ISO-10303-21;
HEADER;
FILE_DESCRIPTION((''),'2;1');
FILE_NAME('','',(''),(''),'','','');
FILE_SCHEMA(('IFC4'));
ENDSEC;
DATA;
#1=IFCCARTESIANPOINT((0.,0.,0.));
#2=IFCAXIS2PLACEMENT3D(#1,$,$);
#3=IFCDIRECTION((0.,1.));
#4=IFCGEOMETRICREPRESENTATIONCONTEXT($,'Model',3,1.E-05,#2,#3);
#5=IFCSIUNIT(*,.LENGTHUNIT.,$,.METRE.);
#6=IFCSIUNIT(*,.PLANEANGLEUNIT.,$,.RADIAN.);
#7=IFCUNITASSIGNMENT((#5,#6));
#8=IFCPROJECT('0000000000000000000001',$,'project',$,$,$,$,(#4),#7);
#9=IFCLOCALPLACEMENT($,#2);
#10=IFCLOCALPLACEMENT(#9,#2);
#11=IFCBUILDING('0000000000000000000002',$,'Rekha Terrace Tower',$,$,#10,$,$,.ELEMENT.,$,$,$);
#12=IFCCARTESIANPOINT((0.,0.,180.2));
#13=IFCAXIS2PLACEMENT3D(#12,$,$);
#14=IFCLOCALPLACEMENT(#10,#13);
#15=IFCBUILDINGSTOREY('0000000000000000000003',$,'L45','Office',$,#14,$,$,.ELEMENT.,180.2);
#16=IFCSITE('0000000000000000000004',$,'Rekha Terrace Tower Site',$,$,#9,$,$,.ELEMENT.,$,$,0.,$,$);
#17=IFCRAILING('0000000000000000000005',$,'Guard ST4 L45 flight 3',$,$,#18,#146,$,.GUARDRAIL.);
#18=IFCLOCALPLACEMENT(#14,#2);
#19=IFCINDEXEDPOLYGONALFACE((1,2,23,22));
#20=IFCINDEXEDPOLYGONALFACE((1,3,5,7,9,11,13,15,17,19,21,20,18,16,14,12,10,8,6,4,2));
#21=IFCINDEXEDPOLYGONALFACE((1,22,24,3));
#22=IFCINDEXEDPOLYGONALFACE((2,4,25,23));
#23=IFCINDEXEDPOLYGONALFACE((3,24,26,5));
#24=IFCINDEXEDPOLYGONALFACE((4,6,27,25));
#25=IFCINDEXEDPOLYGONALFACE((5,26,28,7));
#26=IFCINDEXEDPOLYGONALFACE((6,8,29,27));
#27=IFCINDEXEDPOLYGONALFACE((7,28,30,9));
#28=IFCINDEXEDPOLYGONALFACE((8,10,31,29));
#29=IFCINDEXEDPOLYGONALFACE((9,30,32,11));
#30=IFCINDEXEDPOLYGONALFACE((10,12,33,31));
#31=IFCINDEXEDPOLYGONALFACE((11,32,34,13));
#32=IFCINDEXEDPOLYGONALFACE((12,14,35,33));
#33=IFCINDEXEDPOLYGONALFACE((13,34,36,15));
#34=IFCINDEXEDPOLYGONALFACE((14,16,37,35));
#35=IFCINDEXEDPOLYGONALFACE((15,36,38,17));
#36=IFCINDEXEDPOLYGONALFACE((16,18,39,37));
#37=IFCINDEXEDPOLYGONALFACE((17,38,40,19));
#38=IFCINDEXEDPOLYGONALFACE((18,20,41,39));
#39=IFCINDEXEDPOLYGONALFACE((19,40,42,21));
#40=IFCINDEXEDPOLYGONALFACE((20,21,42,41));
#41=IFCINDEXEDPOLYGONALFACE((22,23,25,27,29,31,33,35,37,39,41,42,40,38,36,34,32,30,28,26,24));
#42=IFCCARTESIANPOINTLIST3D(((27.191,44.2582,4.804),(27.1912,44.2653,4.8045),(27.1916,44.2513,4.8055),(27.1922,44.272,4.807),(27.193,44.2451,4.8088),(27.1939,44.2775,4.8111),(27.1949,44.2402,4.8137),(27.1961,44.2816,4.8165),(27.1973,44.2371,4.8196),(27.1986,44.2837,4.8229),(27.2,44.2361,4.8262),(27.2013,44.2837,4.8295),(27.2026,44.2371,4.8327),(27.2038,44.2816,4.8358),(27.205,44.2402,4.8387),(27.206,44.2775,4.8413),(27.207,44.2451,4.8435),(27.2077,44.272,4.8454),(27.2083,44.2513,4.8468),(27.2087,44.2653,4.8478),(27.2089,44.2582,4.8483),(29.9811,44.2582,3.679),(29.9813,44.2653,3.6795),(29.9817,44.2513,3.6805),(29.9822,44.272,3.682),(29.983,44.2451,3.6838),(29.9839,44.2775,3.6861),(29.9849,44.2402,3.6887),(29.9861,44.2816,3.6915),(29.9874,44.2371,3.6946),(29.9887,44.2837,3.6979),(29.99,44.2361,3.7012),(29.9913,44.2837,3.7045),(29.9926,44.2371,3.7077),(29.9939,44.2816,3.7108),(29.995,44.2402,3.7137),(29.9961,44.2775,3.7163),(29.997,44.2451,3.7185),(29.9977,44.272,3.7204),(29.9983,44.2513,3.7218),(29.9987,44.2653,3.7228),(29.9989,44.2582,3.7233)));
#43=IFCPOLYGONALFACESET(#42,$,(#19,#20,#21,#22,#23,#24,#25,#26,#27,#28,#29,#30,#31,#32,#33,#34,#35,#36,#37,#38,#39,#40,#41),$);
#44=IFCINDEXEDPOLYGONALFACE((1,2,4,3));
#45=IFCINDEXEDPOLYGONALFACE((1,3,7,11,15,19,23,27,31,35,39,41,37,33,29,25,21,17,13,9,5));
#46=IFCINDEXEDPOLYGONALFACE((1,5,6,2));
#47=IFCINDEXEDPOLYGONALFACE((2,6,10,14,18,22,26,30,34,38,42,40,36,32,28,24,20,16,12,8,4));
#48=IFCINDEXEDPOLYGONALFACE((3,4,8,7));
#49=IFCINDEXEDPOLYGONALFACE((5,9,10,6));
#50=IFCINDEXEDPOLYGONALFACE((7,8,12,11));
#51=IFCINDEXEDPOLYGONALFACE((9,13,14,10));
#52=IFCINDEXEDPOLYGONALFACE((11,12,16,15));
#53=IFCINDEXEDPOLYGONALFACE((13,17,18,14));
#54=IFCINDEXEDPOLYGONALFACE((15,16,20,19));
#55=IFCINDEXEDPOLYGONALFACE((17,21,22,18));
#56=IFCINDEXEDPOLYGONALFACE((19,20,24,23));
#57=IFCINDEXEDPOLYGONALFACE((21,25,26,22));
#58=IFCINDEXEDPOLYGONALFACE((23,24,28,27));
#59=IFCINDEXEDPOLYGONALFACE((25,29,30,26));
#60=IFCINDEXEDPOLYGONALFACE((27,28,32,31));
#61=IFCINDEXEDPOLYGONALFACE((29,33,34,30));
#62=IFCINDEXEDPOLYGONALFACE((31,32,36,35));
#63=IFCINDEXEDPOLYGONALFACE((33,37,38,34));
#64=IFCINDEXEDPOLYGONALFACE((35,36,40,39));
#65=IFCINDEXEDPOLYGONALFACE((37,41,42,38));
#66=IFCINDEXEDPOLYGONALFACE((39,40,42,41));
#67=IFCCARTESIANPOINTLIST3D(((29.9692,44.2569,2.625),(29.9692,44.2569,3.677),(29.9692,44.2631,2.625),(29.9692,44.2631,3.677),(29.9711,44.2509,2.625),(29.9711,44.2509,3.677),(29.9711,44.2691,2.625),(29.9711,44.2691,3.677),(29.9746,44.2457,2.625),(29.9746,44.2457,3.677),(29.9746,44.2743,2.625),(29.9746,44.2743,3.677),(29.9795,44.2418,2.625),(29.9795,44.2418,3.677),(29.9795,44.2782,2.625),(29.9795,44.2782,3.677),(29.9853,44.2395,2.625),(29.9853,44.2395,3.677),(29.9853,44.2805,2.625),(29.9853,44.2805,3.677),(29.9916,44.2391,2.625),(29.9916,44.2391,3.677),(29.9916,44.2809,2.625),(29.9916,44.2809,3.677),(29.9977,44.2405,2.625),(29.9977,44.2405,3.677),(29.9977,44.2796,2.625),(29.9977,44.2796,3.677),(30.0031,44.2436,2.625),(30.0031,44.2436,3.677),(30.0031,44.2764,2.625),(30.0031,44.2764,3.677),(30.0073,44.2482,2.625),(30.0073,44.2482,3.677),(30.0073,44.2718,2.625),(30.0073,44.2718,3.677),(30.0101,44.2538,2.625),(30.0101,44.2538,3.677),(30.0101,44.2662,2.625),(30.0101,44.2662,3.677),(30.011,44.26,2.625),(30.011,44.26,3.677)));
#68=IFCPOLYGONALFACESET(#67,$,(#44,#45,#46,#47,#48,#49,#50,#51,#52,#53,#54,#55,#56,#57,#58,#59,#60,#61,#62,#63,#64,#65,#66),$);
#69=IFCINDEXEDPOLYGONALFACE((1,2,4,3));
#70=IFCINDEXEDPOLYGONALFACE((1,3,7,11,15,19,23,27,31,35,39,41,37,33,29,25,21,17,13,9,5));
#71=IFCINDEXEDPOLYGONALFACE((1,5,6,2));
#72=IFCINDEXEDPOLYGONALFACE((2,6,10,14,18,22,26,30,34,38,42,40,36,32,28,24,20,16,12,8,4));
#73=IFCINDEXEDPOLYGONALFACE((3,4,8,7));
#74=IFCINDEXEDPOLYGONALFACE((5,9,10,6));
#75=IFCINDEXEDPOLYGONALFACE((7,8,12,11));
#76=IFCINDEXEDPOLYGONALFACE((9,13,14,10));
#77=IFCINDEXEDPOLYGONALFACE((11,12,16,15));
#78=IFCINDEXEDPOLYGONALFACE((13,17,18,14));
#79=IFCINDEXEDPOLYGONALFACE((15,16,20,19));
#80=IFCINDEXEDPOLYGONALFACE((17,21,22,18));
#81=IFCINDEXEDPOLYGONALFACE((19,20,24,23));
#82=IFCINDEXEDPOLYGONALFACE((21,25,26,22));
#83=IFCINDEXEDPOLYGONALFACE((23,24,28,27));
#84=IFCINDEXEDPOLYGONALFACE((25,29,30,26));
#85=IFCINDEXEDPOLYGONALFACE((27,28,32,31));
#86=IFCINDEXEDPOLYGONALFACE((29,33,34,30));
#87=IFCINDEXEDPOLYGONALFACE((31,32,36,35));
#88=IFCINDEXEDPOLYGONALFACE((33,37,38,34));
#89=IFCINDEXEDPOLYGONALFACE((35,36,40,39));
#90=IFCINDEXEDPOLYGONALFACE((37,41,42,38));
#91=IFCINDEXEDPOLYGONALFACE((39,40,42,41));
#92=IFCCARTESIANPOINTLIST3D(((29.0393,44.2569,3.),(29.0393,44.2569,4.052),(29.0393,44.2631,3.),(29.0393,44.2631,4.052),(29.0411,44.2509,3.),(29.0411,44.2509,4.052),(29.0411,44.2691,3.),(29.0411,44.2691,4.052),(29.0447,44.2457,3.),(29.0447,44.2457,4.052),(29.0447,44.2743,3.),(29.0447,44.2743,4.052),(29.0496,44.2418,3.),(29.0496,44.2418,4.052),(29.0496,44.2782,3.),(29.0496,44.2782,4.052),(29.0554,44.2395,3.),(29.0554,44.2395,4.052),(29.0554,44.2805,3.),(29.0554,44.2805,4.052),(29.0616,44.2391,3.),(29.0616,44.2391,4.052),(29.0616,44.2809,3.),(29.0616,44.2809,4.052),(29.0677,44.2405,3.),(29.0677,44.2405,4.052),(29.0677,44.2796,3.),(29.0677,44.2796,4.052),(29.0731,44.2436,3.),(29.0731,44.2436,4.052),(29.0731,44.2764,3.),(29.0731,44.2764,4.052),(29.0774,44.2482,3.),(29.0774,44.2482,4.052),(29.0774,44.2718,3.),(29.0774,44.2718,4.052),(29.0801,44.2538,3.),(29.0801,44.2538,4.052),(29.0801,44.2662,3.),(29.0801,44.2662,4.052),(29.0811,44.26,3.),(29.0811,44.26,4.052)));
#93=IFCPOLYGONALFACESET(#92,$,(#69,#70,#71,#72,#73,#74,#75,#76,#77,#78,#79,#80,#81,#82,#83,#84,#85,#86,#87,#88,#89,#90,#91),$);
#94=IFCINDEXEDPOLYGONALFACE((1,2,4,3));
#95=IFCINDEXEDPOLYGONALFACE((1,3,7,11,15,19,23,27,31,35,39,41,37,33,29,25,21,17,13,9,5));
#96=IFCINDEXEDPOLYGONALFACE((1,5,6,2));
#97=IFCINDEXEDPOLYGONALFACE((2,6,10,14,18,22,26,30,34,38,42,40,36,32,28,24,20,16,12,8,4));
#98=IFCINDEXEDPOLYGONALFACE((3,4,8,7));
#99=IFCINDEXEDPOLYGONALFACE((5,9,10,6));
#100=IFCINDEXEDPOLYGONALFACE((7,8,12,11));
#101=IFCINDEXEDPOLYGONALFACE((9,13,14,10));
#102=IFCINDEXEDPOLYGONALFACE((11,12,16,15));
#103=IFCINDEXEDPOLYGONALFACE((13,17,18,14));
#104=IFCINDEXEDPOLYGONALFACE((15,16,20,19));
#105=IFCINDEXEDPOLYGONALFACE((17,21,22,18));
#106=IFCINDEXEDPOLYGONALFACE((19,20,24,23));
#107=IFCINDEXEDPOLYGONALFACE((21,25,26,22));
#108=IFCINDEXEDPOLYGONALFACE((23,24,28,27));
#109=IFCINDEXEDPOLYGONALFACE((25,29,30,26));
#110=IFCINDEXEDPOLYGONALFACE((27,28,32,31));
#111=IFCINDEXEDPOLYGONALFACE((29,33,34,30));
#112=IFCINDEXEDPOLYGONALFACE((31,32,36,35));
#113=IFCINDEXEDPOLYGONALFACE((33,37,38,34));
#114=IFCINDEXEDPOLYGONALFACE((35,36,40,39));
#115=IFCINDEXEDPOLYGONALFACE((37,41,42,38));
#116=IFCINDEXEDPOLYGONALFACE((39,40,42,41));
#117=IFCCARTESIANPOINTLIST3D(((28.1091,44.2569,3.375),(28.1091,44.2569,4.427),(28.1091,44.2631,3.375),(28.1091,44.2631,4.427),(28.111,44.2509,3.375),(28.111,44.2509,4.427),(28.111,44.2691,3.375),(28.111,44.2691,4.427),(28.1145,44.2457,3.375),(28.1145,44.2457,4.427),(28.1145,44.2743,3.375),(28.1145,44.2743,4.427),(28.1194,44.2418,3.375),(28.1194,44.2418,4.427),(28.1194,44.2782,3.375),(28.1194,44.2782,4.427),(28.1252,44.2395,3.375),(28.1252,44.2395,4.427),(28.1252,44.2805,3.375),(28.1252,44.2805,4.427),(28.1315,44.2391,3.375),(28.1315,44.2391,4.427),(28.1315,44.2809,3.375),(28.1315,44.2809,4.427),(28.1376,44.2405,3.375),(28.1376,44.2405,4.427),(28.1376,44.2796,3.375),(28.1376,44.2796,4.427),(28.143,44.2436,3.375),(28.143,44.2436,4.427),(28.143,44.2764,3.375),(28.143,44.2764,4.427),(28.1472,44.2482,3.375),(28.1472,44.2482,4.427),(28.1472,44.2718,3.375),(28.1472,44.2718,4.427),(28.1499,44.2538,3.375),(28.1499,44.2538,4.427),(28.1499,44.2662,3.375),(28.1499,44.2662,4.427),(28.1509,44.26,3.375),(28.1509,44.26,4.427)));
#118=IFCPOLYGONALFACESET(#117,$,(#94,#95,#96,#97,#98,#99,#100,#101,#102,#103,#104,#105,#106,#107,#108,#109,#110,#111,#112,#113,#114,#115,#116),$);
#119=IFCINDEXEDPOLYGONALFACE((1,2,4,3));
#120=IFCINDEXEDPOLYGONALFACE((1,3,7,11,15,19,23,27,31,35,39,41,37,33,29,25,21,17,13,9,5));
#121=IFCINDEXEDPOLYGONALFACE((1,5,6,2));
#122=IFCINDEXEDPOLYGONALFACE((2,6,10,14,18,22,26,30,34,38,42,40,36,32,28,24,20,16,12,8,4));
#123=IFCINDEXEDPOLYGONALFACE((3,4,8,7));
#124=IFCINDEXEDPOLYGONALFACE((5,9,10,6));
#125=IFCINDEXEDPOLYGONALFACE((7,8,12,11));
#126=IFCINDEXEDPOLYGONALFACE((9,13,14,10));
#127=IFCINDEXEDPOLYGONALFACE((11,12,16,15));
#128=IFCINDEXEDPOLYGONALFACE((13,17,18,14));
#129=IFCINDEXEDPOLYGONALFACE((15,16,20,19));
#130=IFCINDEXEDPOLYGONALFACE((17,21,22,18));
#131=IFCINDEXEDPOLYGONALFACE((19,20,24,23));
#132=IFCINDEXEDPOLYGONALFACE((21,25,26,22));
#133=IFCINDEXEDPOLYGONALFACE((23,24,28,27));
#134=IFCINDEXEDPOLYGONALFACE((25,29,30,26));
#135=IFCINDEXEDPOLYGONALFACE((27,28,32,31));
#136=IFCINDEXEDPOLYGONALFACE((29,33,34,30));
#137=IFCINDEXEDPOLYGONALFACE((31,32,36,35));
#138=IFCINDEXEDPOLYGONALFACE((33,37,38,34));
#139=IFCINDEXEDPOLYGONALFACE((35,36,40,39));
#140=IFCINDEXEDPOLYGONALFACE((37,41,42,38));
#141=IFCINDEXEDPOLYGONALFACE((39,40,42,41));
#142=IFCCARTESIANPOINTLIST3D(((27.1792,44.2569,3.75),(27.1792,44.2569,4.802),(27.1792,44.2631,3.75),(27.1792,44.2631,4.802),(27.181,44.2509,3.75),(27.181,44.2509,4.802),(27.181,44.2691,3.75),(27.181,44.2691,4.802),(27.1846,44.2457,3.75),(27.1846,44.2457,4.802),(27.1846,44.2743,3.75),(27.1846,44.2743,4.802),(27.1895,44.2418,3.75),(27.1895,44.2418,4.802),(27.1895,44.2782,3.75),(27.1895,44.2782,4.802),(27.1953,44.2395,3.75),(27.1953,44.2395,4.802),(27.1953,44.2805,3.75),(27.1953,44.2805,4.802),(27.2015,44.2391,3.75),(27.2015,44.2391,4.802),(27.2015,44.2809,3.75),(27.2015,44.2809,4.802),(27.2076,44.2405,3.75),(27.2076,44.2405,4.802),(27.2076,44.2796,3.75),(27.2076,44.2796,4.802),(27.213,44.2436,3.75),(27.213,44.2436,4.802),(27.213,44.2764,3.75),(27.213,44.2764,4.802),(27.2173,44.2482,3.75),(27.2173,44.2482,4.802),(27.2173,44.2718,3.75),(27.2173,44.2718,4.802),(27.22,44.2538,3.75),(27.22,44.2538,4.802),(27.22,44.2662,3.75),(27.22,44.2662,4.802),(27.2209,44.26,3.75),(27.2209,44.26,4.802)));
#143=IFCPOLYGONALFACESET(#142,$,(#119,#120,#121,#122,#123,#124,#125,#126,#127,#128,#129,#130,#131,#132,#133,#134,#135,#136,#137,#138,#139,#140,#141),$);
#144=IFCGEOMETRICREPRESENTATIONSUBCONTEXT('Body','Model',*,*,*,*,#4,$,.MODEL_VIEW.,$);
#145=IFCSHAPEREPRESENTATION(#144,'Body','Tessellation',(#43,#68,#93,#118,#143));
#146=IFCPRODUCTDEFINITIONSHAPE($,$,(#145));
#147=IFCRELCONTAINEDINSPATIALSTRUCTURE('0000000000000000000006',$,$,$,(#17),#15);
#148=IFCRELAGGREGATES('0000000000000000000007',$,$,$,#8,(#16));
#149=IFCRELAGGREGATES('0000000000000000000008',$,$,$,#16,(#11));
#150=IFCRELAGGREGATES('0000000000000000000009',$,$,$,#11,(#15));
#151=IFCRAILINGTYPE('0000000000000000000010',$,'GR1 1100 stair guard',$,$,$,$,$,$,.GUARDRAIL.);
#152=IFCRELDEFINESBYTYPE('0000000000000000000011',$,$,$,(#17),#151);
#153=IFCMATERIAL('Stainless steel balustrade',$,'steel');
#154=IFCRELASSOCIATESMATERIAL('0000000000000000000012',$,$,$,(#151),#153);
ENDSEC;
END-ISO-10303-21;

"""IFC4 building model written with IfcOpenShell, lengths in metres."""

from ifc_helpers import new_model, si_unit, direction, frame, origin, origin_2d, place, context, subcontext, project, spatial, circle, extrude, material, type_object, element, save


model = new_model("IFC4")

# Units and contexts
model_context = context("Model", 3, precision=1e-05, world=origin(), true_north=direction((0.0, 1.0)))
body_context = subcontext(model_context, "Body", "Model", "MODEL_VIEW")
ifc_project = project(units=[si_unit("LENGTHUNIT", "METRE"), si_unit("PLANEANGLEUNIT", "RADIAN")], contexts=[model_context])

# Site, building, storey
site_placement = place(None, origin())
site = spatial("IfcSite", under=ifc_project, at=site_placement, Name="Rekha Terrace Tower Site", CompositionType="ELEMENT", RefElevation=0.0)
building_placement = place(site_placement, origin())
building = spatial("IfcBuilding", under=site, at=building_placement, Name="Rekha Terrace Tower", CompositionType="ELEMENT")
storey_placement = place(building_placement, frame((0.0, 0.0, 180.2)))
storey = spatial("IfcBuildingStorey", under=building, at=storey_placement, Name="L45", Description="Office", CompositionType="ELEMENT", Elevation=180.2)

# Railing
ifc_material_1 = material(Name="Stainless steel balustrade", Category="steel")
railing_type_1 = type_object("IfcRailingType", Name="GR1 1100 stair guard", PredefinedType="GUARDRAIL", material=ifc_material_1)
railing_1_placement = place(storey_placement, frame((29.99, 44.26, 2.625)))
element("IfcRailing", 1, at=railing_1_placement, inside=storey, type_object=railing_type_1, Name="Guard ST4 L45 flight 3", PredefinedType="GUARDRAIL", context=body_context, shape_type="SweptSolid", body=[
    extrude(circle(Radius=0.0239, at=origin_2d()), frame((0.0, 0.0, 1.0762), z_axis=(-0.927443, 0.0, 0.373964), x_axis=(0.0, -1.0, 0.0)), (0.0, 0.0, 1.0), 3.0083),
    extrude(circle(Radius=0.021, at=origin_2d()), origin(), (0.0, 0.0, 1.0), 1.052),
    extrude(circle(Radius=0.021, at=origin_2d()), frame((-0.9299, 0.0, 0.375)), (0.0, 0.0, 1.0), 1.052),
    extrude(circle(Radius=0.021, at=origin_2d()), frame((-1.8601, 0.0, 0.75)), (0.0, 0.0, 1.0), 1.052),
    extrude(circle(Radius=0.021, at=origin_2d()), frame((-2.79, 0.0, 1.125)), (0.0, 0.0, 1.0), 1.052),
])

save(model, "model.ifc")
